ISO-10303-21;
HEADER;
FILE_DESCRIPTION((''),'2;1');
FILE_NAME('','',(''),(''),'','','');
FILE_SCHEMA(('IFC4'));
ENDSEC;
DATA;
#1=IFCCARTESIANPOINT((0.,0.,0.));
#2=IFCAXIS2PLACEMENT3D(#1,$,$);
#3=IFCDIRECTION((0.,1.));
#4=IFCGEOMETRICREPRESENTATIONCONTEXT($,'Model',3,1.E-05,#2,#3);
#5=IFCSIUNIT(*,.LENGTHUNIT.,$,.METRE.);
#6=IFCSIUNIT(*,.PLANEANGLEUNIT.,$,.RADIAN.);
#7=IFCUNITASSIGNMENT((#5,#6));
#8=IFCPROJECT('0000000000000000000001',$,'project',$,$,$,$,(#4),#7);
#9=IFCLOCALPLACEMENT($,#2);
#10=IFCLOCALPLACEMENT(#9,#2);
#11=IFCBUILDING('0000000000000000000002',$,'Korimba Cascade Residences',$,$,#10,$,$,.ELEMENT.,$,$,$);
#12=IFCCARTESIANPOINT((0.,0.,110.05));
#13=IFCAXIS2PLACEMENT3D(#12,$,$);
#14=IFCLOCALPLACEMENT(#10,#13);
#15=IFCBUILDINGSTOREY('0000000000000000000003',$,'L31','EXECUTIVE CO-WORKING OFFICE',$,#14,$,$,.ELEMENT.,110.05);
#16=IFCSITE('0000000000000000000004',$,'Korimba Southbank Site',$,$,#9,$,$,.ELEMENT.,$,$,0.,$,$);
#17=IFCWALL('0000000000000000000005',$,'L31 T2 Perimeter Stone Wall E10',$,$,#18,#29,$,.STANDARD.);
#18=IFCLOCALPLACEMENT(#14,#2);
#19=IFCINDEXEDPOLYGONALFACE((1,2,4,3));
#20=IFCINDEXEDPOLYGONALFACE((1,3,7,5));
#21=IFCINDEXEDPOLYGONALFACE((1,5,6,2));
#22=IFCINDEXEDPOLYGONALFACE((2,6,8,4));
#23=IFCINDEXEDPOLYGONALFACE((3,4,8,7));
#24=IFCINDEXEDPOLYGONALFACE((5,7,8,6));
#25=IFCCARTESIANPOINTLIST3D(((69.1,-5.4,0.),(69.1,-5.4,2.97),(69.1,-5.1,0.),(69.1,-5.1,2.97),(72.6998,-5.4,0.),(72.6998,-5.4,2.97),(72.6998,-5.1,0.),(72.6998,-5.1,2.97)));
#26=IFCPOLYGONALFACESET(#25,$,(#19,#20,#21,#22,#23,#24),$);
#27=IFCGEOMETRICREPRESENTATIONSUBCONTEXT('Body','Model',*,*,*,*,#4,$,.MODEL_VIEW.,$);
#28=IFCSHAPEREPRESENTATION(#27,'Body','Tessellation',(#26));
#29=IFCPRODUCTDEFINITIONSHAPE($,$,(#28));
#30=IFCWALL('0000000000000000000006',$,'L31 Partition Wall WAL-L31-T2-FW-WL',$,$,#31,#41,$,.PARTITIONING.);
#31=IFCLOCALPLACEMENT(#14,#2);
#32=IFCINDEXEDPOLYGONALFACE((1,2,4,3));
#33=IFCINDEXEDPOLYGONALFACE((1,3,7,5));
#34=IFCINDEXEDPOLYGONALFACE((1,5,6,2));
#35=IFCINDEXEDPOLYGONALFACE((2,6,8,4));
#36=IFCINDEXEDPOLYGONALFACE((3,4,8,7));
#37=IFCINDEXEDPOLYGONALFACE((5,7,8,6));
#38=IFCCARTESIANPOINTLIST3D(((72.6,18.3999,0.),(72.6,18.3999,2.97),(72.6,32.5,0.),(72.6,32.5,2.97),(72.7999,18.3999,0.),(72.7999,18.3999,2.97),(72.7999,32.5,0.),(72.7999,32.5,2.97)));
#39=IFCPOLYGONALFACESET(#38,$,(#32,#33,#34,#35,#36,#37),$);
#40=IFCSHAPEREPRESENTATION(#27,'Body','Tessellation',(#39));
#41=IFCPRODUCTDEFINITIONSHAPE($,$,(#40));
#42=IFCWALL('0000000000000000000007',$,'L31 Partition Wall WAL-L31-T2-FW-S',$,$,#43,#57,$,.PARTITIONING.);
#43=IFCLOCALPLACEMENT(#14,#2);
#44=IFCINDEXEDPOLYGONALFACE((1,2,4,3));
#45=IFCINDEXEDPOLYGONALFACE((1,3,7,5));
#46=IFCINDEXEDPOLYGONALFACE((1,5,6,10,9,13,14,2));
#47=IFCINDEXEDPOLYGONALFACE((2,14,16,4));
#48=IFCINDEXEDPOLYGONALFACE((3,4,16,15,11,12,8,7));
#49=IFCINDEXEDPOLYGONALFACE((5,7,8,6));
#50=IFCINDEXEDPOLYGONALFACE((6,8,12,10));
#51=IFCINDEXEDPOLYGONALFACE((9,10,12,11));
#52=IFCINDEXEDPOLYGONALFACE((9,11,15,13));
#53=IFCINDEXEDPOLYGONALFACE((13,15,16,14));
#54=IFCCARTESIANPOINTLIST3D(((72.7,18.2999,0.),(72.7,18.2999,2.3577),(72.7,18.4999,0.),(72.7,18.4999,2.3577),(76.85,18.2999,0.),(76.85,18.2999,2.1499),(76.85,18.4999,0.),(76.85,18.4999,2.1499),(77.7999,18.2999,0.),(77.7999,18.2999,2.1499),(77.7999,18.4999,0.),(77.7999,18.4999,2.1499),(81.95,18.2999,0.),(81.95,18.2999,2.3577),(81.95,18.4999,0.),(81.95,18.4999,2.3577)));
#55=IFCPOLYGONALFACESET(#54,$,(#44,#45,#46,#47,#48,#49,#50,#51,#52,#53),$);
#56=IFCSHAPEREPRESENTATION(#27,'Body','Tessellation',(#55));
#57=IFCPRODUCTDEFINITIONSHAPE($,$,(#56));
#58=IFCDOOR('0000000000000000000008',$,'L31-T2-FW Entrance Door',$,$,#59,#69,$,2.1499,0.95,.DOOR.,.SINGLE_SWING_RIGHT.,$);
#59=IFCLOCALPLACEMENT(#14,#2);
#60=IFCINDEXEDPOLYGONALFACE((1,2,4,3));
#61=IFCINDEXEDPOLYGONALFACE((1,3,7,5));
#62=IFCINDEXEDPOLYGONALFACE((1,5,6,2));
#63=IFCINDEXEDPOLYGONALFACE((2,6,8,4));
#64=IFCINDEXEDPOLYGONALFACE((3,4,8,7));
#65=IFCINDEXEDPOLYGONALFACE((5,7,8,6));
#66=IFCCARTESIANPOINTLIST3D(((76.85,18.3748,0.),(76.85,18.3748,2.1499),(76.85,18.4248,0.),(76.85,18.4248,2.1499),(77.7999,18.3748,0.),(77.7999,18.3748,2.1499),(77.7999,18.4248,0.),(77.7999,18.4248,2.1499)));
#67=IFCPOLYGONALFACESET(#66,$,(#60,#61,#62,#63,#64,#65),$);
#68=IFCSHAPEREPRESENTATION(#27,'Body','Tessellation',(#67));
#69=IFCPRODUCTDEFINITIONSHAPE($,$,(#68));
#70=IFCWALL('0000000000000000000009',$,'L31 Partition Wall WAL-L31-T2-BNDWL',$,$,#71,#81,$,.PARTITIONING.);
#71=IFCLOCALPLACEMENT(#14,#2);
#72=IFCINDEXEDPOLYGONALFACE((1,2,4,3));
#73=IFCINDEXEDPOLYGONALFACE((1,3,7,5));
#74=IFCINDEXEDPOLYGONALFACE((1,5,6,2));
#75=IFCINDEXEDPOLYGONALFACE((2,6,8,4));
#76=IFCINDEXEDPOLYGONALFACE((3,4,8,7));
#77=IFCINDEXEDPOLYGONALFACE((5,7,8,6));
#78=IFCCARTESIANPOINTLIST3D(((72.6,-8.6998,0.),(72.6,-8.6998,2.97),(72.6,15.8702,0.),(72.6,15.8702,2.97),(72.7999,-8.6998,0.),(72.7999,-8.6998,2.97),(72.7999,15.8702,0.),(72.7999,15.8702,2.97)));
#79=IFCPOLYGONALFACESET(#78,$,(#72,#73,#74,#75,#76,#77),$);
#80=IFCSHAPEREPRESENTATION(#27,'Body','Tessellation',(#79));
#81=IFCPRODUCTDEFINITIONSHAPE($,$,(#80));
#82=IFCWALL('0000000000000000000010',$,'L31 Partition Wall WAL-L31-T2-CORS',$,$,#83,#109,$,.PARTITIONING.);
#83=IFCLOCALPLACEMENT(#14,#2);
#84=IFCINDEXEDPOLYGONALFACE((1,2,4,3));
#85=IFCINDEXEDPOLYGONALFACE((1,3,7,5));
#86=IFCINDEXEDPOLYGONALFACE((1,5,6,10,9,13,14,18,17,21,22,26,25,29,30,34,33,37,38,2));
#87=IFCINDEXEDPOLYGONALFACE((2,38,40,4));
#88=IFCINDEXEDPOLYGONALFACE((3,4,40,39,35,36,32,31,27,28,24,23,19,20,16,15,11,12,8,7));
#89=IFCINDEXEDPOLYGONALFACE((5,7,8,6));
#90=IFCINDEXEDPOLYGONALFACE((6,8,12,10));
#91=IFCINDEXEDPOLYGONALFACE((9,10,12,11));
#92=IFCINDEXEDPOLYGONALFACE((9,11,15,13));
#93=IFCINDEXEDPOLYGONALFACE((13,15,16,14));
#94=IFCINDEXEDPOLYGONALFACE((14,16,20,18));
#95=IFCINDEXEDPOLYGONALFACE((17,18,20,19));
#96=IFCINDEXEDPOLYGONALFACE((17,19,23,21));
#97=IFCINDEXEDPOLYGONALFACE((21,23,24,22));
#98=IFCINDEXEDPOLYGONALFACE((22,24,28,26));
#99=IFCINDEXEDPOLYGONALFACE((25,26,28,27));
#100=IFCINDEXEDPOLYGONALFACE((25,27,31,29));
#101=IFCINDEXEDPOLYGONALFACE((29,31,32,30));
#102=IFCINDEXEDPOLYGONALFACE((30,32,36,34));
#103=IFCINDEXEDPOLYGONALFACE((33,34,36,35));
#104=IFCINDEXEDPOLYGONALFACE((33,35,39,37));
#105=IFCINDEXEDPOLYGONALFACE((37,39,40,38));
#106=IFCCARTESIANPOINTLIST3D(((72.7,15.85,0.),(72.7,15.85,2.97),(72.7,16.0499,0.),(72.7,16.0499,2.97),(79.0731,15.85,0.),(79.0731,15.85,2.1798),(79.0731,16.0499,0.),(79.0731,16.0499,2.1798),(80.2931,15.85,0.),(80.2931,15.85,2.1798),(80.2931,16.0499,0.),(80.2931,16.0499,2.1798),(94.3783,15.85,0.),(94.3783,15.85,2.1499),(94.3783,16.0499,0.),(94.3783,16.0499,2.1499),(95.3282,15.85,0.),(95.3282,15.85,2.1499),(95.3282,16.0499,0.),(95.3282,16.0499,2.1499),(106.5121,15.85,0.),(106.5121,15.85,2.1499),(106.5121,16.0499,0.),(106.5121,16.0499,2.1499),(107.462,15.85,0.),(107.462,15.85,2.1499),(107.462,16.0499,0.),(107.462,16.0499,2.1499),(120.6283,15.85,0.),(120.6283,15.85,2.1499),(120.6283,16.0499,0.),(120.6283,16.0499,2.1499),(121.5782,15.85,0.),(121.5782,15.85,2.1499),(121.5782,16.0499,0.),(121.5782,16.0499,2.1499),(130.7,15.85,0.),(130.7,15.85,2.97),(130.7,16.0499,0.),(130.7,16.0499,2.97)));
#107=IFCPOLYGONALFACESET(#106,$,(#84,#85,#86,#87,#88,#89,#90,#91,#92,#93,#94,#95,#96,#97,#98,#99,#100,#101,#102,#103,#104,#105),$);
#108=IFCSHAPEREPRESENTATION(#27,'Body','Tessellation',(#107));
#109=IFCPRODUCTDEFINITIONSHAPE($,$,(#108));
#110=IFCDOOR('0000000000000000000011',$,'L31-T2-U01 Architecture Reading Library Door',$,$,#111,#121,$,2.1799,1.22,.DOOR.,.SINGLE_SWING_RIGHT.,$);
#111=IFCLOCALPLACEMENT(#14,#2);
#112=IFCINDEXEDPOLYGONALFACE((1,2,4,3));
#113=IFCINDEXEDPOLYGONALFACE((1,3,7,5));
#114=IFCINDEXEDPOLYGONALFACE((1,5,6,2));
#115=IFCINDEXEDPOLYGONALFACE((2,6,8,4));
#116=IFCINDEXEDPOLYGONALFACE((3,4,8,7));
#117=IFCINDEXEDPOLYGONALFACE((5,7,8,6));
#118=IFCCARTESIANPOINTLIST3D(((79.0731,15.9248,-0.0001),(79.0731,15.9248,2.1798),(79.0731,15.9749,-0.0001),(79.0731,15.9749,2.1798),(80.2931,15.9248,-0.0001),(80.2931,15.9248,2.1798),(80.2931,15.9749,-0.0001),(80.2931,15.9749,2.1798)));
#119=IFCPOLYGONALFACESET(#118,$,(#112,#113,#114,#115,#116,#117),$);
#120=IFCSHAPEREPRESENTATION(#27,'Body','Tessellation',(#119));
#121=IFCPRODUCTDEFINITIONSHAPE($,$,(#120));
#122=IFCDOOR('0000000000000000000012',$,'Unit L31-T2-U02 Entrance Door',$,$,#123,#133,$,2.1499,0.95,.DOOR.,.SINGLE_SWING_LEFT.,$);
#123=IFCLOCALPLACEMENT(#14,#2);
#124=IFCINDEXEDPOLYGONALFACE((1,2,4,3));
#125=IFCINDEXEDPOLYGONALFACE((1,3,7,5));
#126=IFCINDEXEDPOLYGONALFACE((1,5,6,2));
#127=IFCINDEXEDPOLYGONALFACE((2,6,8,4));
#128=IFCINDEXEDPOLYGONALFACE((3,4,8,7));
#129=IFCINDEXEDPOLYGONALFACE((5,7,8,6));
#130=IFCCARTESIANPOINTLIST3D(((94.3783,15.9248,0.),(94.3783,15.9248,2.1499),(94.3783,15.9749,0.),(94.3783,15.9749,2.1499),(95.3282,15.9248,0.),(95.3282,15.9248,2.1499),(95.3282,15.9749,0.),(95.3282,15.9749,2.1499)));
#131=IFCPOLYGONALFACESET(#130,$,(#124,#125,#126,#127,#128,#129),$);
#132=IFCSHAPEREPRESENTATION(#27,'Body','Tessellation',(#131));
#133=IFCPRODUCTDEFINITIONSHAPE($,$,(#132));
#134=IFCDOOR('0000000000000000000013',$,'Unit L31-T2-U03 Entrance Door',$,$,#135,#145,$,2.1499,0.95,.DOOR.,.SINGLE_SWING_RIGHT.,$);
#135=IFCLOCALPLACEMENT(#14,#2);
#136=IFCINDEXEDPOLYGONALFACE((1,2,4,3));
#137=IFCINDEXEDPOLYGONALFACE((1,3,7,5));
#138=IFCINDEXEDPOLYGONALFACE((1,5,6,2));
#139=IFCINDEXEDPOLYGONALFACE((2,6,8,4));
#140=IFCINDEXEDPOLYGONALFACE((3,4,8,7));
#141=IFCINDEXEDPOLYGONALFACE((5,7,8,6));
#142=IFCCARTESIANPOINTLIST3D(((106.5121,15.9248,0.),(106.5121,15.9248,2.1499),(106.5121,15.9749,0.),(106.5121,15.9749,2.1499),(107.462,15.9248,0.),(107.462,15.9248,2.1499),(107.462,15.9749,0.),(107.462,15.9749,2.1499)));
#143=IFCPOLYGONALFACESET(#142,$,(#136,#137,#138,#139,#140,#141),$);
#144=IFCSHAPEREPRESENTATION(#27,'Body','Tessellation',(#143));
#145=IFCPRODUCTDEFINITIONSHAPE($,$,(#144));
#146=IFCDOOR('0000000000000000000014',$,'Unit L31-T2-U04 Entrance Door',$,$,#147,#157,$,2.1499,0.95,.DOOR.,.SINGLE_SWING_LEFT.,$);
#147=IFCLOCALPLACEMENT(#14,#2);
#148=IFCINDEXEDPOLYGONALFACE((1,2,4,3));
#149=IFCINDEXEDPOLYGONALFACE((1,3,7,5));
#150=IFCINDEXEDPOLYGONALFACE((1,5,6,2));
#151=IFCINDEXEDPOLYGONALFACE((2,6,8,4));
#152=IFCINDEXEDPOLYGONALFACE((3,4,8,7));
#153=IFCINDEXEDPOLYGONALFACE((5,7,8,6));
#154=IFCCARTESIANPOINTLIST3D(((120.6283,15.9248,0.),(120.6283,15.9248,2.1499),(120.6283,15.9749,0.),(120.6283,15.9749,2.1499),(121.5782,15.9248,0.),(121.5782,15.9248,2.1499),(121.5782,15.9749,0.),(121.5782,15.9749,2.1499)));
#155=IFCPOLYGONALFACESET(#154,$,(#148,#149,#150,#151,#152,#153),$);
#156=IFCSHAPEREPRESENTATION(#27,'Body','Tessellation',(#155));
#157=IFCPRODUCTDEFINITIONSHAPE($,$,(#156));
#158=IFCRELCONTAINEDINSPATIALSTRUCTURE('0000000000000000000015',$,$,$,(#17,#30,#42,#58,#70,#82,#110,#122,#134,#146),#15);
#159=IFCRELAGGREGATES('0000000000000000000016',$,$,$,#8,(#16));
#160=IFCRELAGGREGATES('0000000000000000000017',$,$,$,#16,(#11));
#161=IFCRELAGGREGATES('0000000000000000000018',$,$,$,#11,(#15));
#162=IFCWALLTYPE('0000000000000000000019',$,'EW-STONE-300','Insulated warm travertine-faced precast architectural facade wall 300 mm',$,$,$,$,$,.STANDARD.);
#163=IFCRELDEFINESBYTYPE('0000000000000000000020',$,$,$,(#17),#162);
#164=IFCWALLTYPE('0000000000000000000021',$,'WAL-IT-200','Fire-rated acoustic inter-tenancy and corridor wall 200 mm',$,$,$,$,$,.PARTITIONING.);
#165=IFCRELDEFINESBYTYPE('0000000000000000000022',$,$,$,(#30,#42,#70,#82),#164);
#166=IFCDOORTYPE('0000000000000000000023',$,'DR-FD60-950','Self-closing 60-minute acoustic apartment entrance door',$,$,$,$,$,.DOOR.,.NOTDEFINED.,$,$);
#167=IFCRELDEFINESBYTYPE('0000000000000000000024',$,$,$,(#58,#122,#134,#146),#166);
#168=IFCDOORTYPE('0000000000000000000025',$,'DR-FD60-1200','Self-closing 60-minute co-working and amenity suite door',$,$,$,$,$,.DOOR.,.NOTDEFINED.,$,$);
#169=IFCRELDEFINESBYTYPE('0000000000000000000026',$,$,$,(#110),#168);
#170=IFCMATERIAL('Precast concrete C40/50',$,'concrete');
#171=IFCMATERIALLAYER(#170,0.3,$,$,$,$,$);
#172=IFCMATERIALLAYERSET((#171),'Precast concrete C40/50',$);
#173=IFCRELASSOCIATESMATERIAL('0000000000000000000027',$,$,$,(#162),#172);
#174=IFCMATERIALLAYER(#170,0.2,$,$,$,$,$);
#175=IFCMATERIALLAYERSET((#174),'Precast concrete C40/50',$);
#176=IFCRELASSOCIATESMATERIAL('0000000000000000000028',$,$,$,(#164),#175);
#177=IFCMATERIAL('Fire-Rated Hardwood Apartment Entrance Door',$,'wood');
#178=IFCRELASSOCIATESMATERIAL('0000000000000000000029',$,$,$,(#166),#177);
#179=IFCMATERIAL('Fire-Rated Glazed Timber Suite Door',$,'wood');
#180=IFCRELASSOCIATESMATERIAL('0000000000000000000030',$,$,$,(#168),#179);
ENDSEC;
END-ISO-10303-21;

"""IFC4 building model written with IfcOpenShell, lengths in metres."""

from ifc_helpers import new_model, si_unit, direction, frame, frame_2d, origin, place, context, subcontext, project, spatial, rectangle, extrude, material, layer, layer_set, type_object, element, fill, save


model = new_model("IFC4")

# Units and contexts
model_context = context("Model", 3, precision=1e-05, world=origin(), true_north=direction((0.0, 1.0)))
body_context = subcontext(model_context, "Body", "Model", "MODEL_VIEW")
ifc_project = project(units=[si_unit("LENGTHUNIT", "METRE"), si_unit("PLANEANGLEUNIT", "RADIAN")], contexts=[model_context])

# Site, building, storey
site_placement = place(None, origin())
site = spatial("IfcSite", under=ifc_project, at=site_placement, Name="Korimba Southbank Site", CompositionType="ELEMENT", RefElevation=0.0)
building_placement = place(site_placement, origin())
building = spatial("IfcBuilding", under=site, at=building_placement, Name="Korimba Cascade Residences", CompositionType="ELEMENT")
storey_placement = place(building_placement, frame((0.0, 0.0, 110.05)))
storey = spatial("IfcBuildingStorey", under=building, at=storey_placement, Name="L31", Description="EXECUTIVE CO-WORKING OFFICE", CompositionType="ELEMENT", Elevation=110.05)

# Shared definitions
ifc_material_1 = material(Name="Precast concrete C40/50", Category="concrete")

# Walls
ifc_layer_1 = layer(ifc_material_1, 0.3)
ifc_layer_set_1 = layer_set([ifc_layer_1], Name="Precast concrete C40/50")
wall_type_1 = type_object("IfcWallType", Name="EW-STONE-300", Description="Insulated warm travertine-faced precast architectural facade wall 300 mm", PredefinedType="STANDARD", material=ifc_layer_set_1)
wall_1_placement = place(storey_placement, frame((69.1001, -5.25, 0.0), z_axis=(0.0, 0.0, 1.0), x_axis=(1.0, 0.0, 0.0)))
element("IfcWall", 1, at=wall_1_placement, inside=storey, type_object=wall_type_1, Name="L31 T2 Perimeter Stone Wall E10", PredefinedType="STANDARD", context=body_context, shape_type="SweptSolid", body=[
    extrude(rectangle(XDim=3.5999, YDim=0.3, at=frame_2d((1.7998, 0.0))), origin(), (0.0, 0.0, 1.0), 2.97),
])
ifc_layer_2 = layer(ifc_material_1, 0.2)
ifc_layer_set_2 = layer_set([ifc_layer_2], Name="Precast concrete C40/50")
wall_type_2 = type_object("IfcWallType", Name="WAL-IT-200", Description="Fire-rated acoustic inter-tenancy and corridor wall 200 mm", PredefinedType="PARTITIONING", material=ifc_layer_set_2)
wall_2_placement = place(storey_placement, frame((72.7, 18.3999, 0.0), z_axis=(0.0, 0.0, 1.0), x_axis=(0.0, 1.0, 0.0)))
element("IfcWall", 2, at=wall_2_placement, inside=storey, type_object=wall_type_2, Name="L31 Partition Wall WAL-L31-T2-FW-WL", PredefinedType="PARTITIONING", context=body_context, shape_type="SweptSolid", body=[
    extrude(rectangle(XDim=14.1001, YDim=0.2, at=frame_2d((7.05, 0.0))), origin(), (0.0, 0.0, 1.0), 2.97),
])

# Wall, opening, door
wall_3_placement = place(storey_placement, frame((72.7, 18.3999, 0.0), z_axis=(0.0, 0.0, 1.0), x_axis=(1.0, 0.0, 0.0)))
wall_3 = element("IfcWall", 3, at=wall_3_placement, inside=storey, type_object=wall_type_2, Name="L31 Partition Wall WAL-L31-T2-FW-S", PredefinedType="PARTITIONING", context=body_context, shape_type="SweptSolid", body=[
    extrude(rectangle(XDim=9.25, YDim=0.2, at=frame_2d((4.625, 0.0))), origin(), (0.0, 0.0, 1.0), 2.3577),
])
opening_1_placement = place(wall_3_placement, frame((4.1499, 0.0, 0.0)))
opening_1 = element("IfcOpeningElement", 4, at=opening_1_placement, cuts=wall_3, PredefinedType="OPENING", context=body_context, shape_type="SweptSolid", body=[
    extrude(rectangle(XDim=0.95, YDim=2.1499, at=frame_2d((0.4751, 1.075))), frame((0.0, 0.1099, 0.0), z_axis=(0.0, -1.0, 0.0), x_axis=(1.0, 0.0, 0.0)), (0.0, 0.0, 1.0), 0.22),
])
ifc_material_2 = material(Name="Fire-Rated Hardwood Apartment Entrance Door", Category="wood")
door_type_1 = type_object("IfcDoorType", Name="DR-FD60-950", Description="Self-closing 60-minute acoustic apartment entrance door", OperationType="NOTDEFINED", PredefinedType="DOOR", material=ifc_material_2)
door_1_placement = place(opening_1_placement, origin())
door_1 = element("IfcDoor", 5, at=door_1_placement, inside=storey, type_object=door_type_1, Name="L31-T2-FW Entrance Door", OperationType="SINGLE_SWING_RIGHT", OverallHeight=2.1499, OverallWidth=0.95, PredefinedType="DOOR", context=body_context, shape_type="SweptSolid", body=[
    extrude(rectangle(XDim=0.95, YDim=2.1499, at=frame_2d((0.4751, 1.075))), frame((0.0, 0.0249, 0.0), z_axis=(0.0, -1.0, 0.0), x_axis=(1.0, 0.0, 0.0)), (0.0, 0.0, 1.0), 0.05),
])
fill(opening_1, door_1)

# Wall
wall_4_placement = place(storey_placement, frame((72.7, -8.7, 0.0), z_axis=(0.0, 0.0, 1.0), x_axis=(0.0, 1.0, 0.0)))
element("IfcWall", 6, at=wall_4_placement, inside=storey, type_object=wall_type_2, Name="L31 Partition Wall WAL-L31-T2-BNDWL", PredefinedType="PARTITIONING", context=body_context, shape_type="SweptSolid", body=[
    extrude(rectangle(XDim=24.5701, YDim=0.2, at=frame_2d((12.2852, 0.0))), origin(), (0.0, 0.0, 1.0), 2.97),
])

# Wall, openings, doors
wall_5_placement = place(storey_placement, frame((72.7, 15.95, 0.0), z_axis=(0.0, 0.0, 1.0), x_axis=(1.0, 0.0, 0.0)))
wall_5 = element("IfcWall", 7, at=wall_5_placement, inside=storey, type_object=wall_type_2, Name="L31 Partition Wall WAL-L31-T2-CORS", PredefinedType="PARTITIONING", context=body_context, shape_type="SweptSolid", body=[
    extrude(rectangle(XDim=58.0, YDim=0.2, at=frame_2d((29.0, 0.0))), origin(), (0.0, 0.0, 1.0), 2.97),
])
opening_2_placement = place(wall_5_placement, frame((6.3733, 0.0, 0.0)))
opening_2 = element("IfcOpeningElement", 8, at=opening_2_placement, cuts=wall_5, PredefinedType="OPENING", context=body_context, shape_type="SweptSolid", body=[
    extrude(rectangle(XDim=1.22, YDim=2.1799, at=frame_2d((0.6099, 1.0898))), frame((0.0, 0.1099, 0.0), z_axis=(0.0, -1.0, 0.0), x_axis=(1.0, 0.0, 0.0)), (0.0, 0.0, 1.0), 0.22),
])
opening_3_placement = place(wall_5_placement, frame((21.6782, 0.0, 0.0)))
opening_3 = element("IfcOpeningElement", 9, at=opening_3_placement, cuts=wall_5, PredefinedType="OPENING", context=body_context, shape_type="SweptSolid", body=[
    extrude(rectangle(XDim=0.95, YDim=2.1499, at=frame_2d((0.4751, 1.075))), frame((0.0, 0.1099, 0.0), z_axis=(0.0, -1.0, 0.0), x_axis=(1.0, 0.0, 0.0)), (0.0, 0.0, 1.0), 0.22),
])
opening_4_placement = place(wall_5_placement, frame((33.812, 0.0, 0.0)))
opening_4 = element("IfcOpeningElement", 10, at=opening_4_placement, cuts=wall_5, PredefinedType="OPENING", context=body_context, shape_type="SweptSolid", body=[
    extrude(rectangle(XDim=0.95, YDim=2.1499, at=frame_2d((0.4751, 1.075))), frame((0.0, 0.1099, 0.0), z_axis=(0.0, -1.0, 0.0), x_axis=(1.0, 0.0, 0.0)), (0.0, 0.0, 1.0), 0.22),
])
opening_5_placement = place(wall_5_placement, frame((47.9282, 0.0, 0.0)))
opening_5 = element("IfcOpeningElement", 11, at=opening_5_placement, cuts=wall_5, PredefinedType="OPENING", context=body_context, shape_type="SweptSolid", body=[
    extrude(rectangle(XDim=0.95, YDim=2.1499, at=frame_2d((0.4751, 1.075))), frame((0.0, 0.1099, 0.0), z_axis=(0.0, -1.0, 0.0), x_axis=(1.0, 0.0, 0.0)), (0.0, 0.0, 1.0), 0.22),
])
ifc_material_3 = material(Name="Fire-Rated Glazed Timber Suite Door", Category="wood")
door_type_2 = type_object("IfcDoorType", Name="DR-FD60-1200", Description="Self-closing 60-minute co-working and amenity suite door", OperationType="NOTDEFINED", PredefinedType="DOOR", material=ifc_material_3)
door_2_placement = place(opening_2_placement, origin())
door_2 = element("IfcDoor", 12, at=door_2_placement, inside=storey, type_object=door_type_2, Name="L31-T2-U01 Architecture Reading Library Door", OperationType="SINGLE_SWING_RIGHT", OverallHeight=2.1799, OverallWidth=1.22, PredefinedType="DOOR", context=body_context, shape_type="SweptSolid", body=[
    extrude(rectangle(XDim=1.22, YDim=2.1799, at=frame_2d((0.6099, 1.0898))), frame((0.0, 0.0249, 0.0), z_axis=(0.0, -1.0, 0.0), x_axis=(1.0, 0.0, 0.0)), (0.0, 0.0, 1.0), 0.05),
])
fill(opening_2, door_2)
door_3_placement = place(opening_3_placement, origin())
door_3 = element("IfcDoor", 13, at=door_3_placement, inside=storey, type_object=door_type_1, Name="Unit L31-T2-U02 Entrance Door", OperationType="SINGLE_SWING_LEFT", OverallHeight=2.1499, OverallWidth=0.95, PredefinedType="DOOR", context=body_context, shape_type="SweptSolid", body=[
    extrude(rectangle(XDim=0.95, YDim=2.1499, at=frame_2d((0.4751, 1.075))), frame((0.0, 0.0249, 0.0), z_axis=(0.0, -1.0, 0.0), x_axis=(1.0, 0.0, 0.0)), (0.0, 0.0, 1.0), 0.05),
])
fill(opening_3, door_3)
door_4_placement = place(opening_4_placement, origin())
door_4 = element("IfcDoor", 14, at=door_4_placement, inside=storey, type_object=door_type_1, Name="Unit L31-T2-U03 Entrance Door", OperationType="SINGLE_SWING_RIGHT", OverallHeight=2.1499, OverallWidth=0.95, PredefinedType="DOOR", context=body_context, shape_type="SweptSolid", body=[
    extrude(rectangle(XDim=0.95, YDim=2.1499, at=frame_2d((0.4751, 1.075))), frame((0.0, 0.0249, 0.0), z_axis=(0.0, -1.0, 0.0), x_axis=(1.0, 0.0, 0.0)), (0.0, 0.0, 1.0), 0.05),
])
fill(opening_4, door_4)
door_5_placement = place(opening_5_placement, origin())
door_5 = element("IfcDoor", 15, at=door_5_placement, inside=storey, type_object=door_type_1, Name="Unit L31-T2-U04 Entrance Door", OperationType="SINGLE_SWING_LEFT", OverallHeight=2.1499, OverallWidth=0.95, PredefinedType="DOOR", context=body_context, shape_type="SweptSolid", body=[
    extrude(rectangle(XDim=0.95, YDim=2.1499, at=frame_2d((0.4751, 1.075))), frame((0.0, 0.0249, 0.0), z_axis=(0.0, -1.0, 0.0), x_axis=(1.0, 0.0, 0.0)), (0.0, 0.0, 1.0), 0.05),
])
fill(opening_5, door_5)

save(model, "model.ifc")
